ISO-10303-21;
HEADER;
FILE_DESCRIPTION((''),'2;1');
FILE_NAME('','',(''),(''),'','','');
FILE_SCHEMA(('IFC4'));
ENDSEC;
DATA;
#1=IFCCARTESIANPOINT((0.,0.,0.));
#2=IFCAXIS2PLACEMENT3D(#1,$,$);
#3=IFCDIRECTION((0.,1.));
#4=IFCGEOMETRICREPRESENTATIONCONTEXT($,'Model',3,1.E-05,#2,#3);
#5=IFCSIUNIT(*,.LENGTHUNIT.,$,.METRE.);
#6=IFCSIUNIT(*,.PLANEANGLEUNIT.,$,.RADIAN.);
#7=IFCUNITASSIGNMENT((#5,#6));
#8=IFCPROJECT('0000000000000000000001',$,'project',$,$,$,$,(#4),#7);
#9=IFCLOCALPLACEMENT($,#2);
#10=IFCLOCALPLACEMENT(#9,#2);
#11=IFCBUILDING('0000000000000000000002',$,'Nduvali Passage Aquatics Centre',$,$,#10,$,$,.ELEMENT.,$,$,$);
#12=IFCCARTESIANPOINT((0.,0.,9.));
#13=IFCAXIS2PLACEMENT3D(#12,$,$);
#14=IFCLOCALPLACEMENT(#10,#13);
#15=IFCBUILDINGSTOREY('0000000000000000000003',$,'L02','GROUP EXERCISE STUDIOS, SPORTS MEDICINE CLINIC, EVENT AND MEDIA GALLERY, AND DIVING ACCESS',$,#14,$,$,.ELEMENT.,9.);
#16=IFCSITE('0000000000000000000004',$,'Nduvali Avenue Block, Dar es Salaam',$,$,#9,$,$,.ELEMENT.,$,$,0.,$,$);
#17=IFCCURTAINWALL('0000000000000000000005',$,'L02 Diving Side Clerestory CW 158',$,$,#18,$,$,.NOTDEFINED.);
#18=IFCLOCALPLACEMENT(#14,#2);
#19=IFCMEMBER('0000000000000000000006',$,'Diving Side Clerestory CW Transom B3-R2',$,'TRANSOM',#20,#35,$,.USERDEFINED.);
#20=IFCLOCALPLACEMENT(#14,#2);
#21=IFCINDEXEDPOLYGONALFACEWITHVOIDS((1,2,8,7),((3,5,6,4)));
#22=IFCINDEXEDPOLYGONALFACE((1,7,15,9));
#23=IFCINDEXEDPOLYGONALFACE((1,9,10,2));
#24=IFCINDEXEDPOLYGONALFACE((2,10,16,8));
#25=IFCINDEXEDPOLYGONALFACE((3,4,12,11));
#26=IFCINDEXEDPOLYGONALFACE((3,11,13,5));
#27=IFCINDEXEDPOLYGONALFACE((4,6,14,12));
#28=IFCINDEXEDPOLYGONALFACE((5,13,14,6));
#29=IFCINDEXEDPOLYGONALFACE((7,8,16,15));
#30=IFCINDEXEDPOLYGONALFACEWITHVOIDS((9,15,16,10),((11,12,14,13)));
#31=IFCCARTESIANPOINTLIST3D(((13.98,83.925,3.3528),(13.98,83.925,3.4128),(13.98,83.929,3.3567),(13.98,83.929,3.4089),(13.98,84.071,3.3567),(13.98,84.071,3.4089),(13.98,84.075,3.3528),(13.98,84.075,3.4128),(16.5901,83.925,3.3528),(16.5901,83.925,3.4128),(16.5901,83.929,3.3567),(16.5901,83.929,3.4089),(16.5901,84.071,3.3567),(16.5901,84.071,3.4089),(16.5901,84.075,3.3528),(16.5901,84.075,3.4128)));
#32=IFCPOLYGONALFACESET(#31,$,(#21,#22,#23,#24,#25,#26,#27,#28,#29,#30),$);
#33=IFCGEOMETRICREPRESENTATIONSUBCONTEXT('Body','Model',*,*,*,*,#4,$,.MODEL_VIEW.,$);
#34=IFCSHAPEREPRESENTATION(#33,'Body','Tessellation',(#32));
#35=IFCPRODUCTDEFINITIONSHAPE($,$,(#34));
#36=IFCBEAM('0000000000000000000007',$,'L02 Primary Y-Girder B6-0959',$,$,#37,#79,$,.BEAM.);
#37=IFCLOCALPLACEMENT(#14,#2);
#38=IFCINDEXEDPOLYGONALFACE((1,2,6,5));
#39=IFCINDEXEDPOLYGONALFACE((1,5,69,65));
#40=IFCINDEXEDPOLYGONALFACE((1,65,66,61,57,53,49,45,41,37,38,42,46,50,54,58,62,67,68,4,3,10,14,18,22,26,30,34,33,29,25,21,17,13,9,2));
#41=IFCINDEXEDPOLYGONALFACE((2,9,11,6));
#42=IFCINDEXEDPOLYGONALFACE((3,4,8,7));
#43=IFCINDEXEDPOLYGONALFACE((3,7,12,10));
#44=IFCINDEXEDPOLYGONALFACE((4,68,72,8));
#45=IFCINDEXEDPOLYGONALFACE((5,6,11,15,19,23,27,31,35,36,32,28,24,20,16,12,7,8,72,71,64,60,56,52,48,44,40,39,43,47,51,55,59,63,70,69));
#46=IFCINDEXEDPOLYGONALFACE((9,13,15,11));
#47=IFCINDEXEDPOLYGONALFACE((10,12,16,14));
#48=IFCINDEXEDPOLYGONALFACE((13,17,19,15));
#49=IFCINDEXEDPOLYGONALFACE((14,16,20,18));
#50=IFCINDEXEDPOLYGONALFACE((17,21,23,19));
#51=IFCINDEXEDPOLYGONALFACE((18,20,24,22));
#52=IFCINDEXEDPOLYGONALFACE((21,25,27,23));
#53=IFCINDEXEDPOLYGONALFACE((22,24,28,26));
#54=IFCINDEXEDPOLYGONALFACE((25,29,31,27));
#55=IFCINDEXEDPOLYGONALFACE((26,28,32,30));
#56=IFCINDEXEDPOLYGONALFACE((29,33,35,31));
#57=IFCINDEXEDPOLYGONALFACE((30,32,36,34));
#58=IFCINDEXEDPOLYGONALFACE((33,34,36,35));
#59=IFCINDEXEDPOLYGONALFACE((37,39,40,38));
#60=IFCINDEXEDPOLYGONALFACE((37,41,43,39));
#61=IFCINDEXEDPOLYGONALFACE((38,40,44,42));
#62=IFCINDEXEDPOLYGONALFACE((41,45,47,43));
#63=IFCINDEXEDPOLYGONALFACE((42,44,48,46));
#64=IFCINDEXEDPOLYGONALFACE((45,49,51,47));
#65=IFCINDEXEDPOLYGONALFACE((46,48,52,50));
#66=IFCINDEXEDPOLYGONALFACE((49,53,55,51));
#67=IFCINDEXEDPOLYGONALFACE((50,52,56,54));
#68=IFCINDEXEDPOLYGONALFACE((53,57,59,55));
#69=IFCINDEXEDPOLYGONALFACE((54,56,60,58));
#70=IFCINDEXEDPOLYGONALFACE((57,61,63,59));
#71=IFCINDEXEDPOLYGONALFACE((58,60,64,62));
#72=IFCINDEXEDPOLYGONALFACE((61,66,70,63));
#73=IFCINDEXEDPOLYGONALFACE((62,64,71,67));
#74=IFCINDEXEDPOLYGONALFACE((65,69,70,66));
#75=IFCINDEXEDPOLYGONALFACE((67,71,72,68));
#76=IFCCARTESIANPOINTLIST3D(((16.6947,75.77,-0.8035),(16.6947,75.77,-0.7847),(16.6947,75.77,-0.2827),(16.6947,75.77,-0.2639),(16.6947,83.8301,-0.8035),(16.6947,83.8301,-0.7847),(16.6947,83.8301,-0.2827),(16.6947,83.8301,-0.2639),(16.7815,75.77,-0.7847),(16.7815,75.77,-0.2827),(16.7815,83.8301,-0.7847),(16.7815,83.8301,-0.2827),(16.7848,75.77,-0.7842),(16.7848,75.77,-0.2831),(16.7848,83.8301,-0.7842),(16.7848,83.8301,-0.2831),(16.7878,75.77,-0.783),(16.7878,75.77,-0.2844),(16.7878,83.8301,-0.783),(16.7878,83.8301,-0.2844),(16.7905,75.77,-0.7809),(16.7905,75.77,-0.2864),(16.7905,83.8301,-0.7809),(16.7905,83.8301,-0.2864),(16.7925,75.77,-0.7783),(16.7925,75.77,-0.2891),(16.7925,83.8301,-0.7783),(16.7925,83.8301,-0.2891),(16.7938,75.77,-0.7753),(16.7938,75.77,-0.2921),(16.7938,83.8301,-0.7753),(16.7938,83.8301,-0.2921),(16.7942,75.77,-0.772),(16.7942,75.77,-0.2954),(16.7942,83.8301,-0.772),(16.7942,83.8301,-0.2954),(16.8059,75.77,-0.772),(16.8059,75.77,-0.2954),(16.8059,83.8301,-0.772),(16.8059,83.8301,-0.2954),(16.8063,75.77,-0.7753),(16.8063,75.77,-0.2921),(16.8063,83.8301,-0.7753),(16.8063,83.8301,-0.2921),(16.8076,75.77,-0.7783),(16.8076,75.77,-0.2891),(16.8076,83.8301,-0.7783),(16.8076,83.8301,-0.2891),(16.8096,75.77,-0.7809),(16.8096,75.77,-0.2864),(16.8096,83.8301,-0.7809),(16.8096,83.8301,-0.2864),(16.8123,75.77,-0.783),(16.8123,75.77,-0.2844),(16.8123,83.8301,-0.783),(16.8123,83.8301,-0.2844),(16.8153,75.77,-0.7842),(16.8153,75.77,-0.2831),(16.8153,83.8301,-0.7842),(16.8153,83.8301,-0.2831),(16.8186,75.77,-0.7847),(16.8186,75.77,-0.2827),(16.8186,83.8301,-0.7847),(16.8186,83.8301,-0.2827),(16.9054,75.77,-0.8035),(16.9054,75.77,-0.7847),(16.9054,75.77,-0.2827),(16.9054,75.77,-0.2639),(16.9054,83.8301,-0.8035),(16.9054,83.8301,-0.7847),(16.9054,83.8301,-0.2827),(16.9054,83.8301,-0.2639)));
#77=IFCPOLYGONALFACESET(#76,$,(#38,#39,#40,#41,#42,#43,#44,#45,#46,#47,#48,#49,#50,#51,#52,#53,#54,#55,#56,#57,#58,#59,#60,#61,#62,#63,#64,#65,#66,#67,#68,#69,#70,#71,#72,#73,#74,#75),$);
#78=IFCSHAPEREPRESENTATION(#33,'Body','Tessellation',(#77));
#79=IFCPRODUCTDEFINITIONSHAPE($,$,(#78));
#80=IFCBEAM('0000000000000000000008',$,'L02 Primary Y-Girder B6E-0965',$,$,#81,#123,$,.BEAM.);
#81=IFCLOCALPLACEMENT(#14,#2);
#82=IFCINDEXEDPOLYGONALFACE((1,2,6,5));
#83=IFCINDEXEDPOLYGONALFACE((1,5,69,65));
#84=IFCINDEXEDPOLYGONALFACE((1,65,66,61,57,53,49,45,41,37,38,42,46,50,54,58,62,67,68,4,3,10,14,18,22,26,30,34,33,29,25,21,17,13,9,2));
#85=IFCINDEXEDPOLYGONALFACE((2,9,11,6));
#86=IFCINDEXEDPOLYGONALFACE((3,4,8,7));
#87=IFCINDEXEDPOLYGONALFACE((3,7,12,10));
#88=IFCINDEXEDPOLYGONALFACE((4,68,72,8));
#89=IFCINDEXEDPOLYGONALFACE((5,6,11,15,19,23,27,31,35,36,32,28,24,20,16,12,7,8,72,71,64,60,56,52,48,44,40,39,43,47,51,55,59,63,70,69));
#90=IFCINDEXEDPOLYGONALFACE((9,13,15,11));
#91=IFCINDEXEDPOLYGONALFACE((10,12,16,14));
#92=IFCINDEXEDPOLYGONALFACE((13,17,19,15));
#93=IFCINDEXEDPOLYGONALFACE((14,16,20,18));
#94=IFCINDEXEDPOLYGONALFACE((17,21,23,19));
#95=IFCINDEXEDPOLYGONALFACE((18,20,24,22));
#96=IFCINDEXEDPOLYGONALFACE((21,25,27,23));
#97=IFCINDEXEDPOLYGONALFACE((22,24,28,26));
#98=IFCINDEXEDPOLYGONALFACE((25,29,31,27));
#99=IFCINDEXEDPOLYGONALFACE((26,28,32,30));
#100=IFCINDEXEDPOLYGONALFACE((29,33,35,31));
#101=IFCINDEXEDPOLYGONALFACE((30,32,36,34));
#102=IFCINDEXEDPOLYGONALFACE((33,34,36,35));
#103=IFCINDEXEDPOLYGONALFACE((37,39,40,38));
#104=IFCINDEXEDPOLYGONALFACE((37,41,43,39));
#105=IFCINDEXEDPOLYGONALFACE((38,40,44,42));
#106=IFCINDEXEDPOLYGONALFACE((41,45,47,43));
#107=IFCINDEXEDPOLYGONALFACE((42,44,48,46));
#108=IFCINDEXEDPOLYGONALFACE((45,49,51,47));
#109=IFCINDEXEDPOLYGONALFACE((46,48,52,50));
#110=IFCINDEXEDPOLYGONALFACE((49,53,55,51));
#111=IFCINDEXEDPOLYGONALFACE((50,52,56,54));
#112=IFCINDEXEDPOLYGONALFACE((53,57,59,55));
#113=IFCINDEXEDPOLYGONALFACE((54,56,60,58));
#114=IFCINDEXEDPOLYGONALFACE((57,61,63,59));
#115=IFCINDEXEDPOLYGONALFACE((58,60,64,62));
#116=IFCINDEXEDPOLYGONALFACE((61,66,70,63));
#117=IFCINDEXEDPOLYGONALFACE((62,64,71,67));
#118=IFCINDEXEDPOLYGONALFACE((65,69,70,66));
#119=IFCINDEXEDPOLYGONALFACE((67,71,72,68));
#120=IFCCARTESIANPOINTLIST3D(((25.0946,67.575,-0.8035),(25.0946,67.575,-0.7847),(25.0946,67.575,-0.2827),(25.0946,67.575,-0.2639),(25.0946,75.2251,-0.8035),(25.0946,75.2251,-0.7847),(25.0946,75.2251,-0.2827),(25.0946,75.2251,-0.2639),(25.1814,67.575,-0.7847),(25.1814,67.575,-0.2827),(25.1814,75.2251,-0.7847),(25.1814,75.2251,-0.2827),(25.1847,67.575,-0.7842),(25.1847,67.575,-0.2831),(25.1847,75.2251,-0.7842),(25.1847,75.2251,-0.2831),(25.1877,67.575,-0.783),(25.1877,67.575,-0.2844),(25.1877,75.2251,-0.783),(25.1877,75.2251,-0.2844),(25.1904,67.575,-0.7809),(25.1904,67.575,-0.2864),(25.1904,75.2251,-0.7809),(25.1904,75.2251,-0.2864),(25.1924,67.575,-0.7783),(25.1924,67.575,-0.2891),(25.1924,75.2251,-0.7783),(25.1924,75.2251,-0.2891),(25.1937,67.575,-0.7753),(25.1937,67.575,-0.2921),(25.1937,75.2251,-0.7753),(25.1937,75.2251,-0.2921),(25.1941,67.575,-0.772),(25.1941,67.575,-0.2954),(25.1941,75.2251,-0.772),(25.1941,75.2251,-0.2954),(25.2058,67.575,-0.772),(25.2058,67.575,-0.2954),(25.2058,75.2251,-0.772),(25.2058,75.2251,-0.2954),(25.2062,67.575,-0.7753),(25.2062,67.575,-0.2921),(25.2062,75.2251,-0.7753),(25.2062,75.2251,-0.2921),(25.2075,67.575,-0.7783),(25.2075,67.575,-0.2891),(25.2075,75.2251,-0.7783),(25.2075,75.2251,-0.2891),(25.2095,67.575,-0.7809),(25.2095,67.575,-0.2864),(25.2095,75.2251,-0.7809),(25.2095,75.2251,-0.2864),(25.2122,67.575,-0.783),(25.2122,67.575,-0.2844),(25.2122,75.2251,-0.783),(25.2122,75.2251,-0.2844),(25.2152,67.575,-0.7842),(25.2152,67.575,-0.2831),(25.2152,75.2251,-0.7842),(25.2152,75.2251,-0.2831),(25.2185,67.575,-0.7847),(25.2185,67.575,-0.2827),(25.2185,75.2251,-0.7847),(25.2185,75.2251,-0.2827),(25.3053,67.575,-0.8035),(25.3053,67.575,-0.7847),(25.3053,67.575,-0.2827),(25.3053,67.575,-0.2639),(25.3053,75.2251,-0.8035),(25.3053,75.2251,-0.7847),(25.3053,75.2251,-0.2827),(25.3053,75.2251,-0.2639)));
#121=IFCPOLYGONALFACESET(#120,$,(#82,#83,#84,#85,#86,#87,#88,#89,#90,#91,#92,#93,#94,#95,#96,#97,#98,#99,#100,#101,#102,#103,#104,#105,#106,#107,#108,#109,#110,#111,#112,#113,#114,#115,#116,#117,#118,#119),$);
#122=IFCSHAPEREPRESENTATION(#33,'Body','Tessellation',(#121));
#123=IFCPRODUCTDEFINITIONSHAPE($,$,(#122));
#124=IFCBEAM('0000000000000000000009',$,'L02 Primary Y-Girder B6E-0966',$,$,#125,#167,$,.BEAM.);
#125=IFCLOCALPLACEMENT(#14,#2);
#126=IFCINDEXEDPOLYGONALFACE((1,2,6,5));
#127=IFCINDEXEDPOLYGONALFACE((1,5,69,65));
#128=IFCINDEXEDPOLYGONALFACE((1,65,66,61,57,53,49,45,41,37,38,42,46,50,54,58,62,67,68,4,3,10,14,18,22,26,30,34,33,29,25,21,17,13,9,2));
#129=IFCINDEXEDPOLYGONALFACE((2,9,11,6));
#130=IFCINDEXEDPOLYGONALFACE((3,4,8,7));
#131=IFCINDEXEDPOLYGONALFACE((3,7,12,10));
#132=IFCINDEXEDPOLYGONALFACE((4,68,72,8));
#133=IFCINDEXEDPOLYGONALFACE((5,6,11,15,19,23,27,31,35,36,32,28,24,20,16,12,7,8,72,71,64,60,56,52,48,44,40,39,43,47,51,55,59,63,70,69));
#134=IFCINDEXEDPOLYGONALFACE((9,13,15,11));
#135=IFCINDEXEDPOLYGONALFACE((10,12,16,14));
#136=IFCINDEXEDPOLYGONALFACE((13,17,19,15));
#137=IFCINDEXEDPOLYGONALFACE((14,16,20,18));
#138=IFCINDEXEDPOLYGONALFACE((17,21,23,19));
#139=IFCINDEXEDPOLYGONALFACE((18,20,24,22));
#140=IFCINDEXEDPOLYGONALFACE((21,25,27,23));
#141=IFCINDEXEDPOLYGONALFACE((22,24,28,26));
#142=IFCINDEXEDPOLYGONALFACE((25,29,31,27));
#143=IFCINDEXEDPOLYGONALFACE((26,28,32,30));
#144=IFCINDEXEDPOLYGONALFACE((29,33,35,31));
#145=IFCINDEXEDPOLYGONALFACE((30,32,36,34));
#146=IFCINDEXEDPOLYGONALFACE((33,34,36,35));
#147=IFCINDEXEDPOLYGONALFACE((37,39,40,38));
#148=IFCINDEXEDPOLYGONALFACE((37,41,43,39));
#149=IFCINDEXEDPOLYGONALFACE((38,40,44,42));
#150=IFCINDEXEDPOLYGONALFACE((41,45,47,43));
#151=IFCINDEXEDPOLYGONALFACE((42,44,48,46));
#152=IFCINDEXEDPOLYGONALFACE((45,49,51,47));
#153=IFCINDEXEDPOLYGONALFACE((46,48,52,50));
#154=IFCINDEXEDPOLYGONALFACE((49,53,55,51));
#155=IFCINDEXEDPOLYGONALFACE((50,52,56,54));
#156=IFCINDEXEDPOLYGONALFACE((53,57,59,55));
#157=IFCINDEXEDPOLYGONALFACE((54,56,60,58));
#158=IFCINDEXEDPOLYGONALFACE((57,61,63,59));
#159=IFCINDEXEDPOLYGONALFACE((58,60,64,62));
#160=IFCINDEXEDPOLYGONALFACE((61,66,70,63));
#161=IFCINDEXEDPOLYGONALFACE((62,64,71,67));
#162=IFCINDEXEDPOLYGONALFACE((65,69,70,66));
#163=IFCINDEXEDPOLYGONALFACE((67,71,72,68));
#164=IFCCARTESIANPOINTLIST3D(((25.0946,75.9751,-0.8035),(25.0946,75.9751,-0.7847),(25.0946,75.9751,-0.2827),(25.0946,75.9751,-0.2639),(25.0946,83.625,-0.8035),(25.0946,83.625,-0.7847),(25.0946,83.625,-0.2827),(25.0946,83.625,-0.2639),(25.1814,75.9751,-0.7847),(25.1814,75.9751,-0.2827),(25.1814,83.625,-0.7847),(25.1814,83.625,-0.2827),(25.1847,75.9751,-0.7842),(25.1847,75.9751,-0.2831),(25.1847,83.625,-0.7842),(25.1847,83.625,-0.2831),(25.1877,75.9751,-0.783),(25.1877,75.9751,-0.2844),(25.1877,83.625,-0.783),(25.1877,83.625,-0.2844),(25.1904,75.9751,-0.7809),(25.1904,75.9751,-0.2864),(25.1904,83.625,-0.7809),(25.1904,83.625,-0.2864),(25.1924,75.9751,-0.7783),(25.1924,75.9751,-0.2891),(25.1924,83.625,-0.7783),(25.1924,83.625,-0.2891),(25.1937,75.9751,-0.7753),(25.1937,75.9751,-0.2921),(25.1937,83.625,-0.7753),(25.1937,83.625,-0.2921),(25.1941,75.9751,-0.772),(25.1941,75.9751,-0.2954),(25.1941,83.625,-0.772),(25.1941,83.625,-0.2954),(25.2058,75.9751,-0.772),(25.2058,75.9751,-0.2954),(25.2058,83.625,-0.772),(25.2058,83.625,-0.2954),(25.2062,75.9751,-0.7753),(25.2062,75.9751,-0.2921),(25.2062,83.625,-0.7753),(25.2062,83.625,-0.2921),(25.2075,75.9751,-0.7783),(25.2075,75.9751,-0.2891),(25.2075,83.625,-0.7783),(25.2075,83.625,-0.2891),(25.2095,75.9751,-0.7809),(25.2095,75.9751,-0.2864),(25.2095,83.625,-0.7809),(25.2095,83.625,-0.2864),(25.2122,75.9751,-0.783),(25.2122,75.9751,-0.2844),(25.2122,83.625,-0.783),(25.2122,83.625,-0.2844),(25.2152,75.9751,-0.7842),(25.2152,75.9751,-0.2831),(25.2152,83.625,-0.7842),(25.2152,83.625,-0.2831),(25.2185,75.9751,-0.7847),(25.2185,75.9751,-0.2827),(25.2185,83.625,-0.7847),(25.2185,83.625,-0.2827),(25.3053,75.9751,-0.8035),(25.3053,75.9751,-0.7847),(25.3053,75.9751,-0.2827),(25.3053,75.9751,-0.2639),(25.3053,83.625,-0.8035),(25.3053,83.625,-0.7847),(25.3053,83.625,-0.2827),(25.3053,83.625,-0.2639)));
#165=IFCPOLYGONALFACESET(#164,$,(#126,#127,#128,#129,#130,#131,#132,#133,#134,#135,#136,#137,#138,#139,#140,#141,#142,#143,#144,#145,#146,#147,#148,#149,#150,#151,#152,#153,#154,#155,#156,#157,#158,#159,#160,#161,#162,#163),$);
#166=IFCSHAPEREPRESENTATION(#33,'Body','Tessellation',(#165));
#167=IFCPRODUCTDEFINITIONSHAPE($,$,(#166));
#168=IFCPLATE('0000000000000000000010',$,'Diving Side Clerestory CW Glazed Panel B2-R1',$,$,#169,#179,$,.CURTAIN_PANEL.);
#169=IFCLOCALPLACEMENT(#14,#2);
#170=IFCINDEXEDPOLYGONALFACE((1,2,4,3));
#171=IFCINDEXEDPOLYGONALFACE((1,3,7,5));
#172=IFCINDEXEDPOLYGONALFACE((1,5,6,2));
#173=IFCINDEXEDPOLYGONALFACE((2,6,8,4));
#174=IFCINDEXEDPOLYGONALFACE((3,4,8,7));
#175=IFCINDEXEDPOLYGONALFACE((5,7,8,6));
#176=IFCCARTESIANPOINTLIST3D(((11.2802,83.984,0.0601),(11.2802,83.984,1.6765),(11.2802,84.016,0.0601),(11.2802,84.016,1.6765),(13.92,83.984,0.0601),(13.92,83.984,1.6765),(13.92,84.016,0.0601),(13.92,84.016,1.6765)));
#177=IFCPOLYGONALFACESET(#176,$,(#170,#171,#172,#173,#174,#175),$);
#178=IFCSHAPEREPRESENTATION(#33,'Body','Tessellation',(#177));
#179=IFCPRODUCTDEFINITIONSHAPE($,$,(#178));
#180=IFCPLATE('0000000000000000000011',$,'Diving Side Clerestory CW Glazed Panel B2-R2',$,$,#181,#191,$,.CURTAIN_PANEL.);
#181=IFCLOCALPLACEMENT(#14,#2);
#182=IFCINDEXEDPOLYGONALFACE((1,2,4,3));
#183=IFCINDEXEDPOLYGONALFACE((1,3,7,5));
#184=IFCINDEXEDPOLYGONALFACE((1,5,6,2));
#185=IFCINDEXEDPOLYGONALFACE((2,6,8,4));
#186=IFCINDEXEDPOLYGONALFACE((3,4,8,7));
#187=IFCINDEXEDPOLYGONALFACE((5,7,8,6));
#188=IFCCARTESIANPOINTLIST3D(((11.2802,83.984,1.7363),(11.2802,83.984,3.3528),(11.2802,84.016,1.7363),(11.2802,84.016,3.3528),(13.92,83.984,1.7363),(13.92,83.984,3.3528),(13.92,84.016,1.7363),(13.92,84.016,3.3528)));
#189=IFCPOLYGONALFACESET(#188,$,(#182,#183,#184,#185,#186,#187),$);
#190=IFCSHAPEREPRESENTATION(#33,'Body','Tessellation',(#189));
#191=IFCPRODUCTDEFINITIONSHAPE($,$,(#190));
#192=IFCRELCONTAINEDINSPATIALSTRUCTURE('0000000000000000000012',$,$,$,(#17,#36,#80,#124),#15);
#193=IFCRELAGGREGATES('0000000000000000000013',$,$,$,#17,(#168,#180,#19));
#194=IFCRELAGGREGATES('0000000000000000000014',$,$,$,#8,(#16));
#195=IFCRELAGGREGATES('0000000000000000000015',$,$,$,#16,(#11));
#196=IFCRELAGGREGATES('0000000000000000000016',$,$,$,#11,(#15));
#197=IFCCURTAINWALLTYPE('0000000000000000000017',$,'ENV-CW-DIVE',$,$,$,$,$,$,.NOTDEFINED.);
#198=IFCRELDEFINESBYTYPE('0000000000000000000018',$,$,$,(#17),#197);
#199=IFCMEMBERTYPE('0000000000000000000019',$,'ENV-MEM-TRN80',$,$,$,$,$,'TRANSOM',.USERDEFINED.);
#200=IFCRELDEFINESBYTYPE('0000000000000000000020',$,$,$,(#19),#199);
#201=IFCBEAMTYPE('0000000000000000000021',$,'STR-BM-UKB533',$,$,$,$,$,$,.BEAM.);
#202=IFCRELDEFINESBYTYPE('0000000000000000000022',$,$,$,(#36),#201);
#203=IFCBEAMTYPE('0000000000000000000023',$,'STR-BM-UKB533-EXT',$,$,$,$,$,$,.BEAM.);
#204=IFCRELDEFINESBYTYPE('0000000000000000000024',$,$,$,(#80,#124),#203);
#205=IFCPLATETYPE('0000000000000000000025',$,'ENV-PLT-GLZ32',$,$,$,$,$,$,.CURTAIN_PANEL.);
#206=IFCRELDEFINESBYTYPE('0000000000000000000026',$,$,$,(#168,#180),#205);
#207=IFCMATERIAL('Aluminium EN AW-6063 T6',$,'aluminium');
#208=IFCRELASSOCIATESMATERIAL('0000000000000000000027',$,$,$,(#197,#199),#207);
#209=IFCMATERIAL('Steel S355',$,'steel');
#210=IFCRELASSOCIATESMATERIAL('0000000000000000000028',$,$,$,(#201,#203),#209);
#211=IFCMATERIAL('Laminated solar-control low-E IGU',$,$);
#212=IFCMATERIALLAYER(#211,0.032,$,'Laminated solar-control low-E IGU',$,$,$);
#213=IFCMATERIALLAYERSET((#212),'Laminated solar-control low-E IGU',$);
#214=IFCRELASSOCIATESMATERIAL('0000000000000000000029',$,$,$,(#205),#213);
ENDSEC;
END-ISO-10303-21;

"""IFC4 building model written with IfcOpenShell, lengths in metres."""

from ifc_helpers import new_model, si_unit, direction, frame, origin, origin_2d, place, context, subcontext, project, spatial, rectangle, hollow_rectangle, i_section, extrude, material, layer, layer_set, material_profile, profile_set, type_object, element, aggregate, save


model = new_model("IFC4")

# Units and contexts
model_context = context("Model", 3, precision=1e-05, world=origin(), true_north=direction((0.0, 1.0)))
body_context = subcontext(model_context, "Body", "Model", "MODEL_VIEW")
ifc_project = project(units=[si_unit("LENGTHUNIT", "METRE"), si_unit("PLANEANGLEUNIT", "RADIAN")], contexts=[model_context])

# Site, building, storey
site_placement = place(None, origin())
site = spatial("IfcSite", under=ifc_project, at=site_placement, Name="Nduvali Avenue Block, Dar es Salaam", CompositionType="ELEMENT", RefElevation=0.0)
building_placement = place(site_placement, origin())
building = spatial("IfcBuilding", under=site, at=building_placement, Name="Nduvali Passage Aquatics Centre", CompositionType="ELEMENT")
storey_placement = place(building_placement, frame((0.0, 0.0, 9.0)))
storey = spatial("IfcBuildingStorey", under=building, at=storey_placement, Name="L02", Description="GROUP EXERCISE STUDIOS, SPORTS MEDICINE CLINIC, EVENT AND MEDIA GALLERY, AND DIVING ACCESS", CompositionType="ELEMENT", Elevation=9.0)

# Shared definitions
ifc_material_1 = material(Name="Steel S355", Category="steel")

# Curtain wall, member
ifc_material_2 = material(Name="Aluminium EN AW-6063 T6", Category="aluminium")
curtain_wall_type = type_object("IfcCurtainWallType", Name="ENV-CW-DIVE", PredefinedType="NOTDEFINED", material=ifc_material_2)
curtain_wall_placement = place(storey_placement, origin())
curtain_wall = element("IfcCurtainWall", 1, at=curtain_wall_placement, inside=storey, type_object=curtain_wall_type, Name="L02 Diving Side Clerestory CW 158", PredefinedType="NOTDEFINED")
ifc_material_profile_1 = material_profile(ifc_material_2, hollow_rectangle(XDim=0.1499, YDim=0.0601, WallThickness=0.0039, at=origin_2d()), Name="ALU TRANSOM 150x60x4")
ifc_profile_set_1 = profile_set([ifc_material_profile_1], Name="Aluminium EN AW-6063 T6")
member_type_1 = type_object("IfcMemberType", Name="ENV-MEM-TRN80", ElementType="TRANSOM", PredefinedType="USERDEFINED", material=ifc_profile_set_1)
member_1_placement = place(storey_placement, frame((13.98, 84.0, 3.3828), z_axis=(1.0, 0.0, 0.0), x_axis=(0.0, 1.0, 0.0)))
member_1 = element("IfcMember", 2, at=member_1_placement, type_object=member_type_1, Name="Diving Side Clerestory CW Transom B3-R2", ObjectType="TRANSOM", PredefinedType="USERDEFINED", context=body_context, shape_type="SweptSolid", body=[
    extrude(hollow_rectangle(XDim=0.1499, YDim=0.0601, WallThickness=0.0039, at=origin_2d()), origin(), (0.0, 0.0, 1.0), 2.6101),
])

# Beams
ifc_material_profile_2 = material_profile(ifc_material_1, i_section(OverallWidth=0.2107, OverallDepth=0.5396, WebThickness=0.0117, FlangeThickness=0.0188, FilletRadius=0.0127, at=origin_2d()), Name="UKB 533x210x109")
ifc_profile_set_2 = profile_set([ifc_material_profile_2], Name="Steel S355")
beam_type_1 = type_object("IfcBeamType", Name="STR-BM-UKB533", PredefinedType="BEAM", material=ifc_profile_set_2)
beam_1_placement = place(storey_placement, frame((16.8, 75.77, -0.5337), z_axis=(0.0, 1.0, 0.0), x_axis=(-1.0, 0.0, 0.0)))
element("IfcBeam", 3, at=beam_1_placement, inside=storey, type_object=beam_type_1, Name="L02 Primary Y-Girder B6-0959", PredefinedType="BEAM", context=body_context, shape_type="SweptSolid", body=[
    extrude(i_section(OverallWidth=0.2107, OverallDepth=0.5396, WebThickness=0.0117, FlangeThickness=0.0188, FilletRadius=0.0127, at=origin_2d()), origin(), (0.0, 0.0, 1.0), 8.0601),
])
ifc_material_profile_3 = material_profile(ifc_material_1, i_section(OverallWidth=0.2107, OverallDepth=0.5396, WebThickness=0.0117, FlangeThickness=0.0188, FilletRadius=0.0127, at=origin_2d()), Name="UKB 533x210x109")
ifc_profile_set_3 = profile_set([ifc_material_profile_3], Name="Steel S355")
beam_type_2 = type_object("IfcBeamType", Name="STR-BM-UKB533-EXT", PredefinedType="BEAM", material=ifc_profile_set_3)
beam_2_placement = place(storey_placement, frame((25.2, 67.575, -0.5337), z_axis=(0.0, 1.0, 0.0), x_axis=(-1.0, 0.0, 0.0)))
element("IfcBeam", 4, at=beam_2_placement, inside=storey, type_object=beam_type_2, Name="L02 Primary Y-Girder B6E-0965", PredefinedType="BEAM", context=body_context, shape_type="SweptSolid", body=[
    extrude(i_section(OverallWidth=0.2107, OverallDepth=0.5396, WebThickness=0.0117, FlangeThickness=0.0188, FilletRadius=0.0127, at=origin_2d()), origin(), (0.0, 0.0, 1.0), 7.6501),
])
beam_3_placement = place(storey_placement, frame((25.2, 75.9751, -0.5337), z_axis=(0.0, 1.0, 0.0), x_axis=(-1.0, 0.0, 0.0)))
element("IfcBeam", 5, at=beam_3_placement, inside=storey, type_object=beam_type_2, Name="L02 Primary Y-Girder B6E-0966", PredefinedType="BEAM", context=body_context, shape_type="SweptSolid", body=[
    extrude(i_section(OverallWidth=0.2107, OverallDepth=0.5396, WebThickness=0.0117, FlangeThickness=0.0188, FilletRadius=0.0127, at=origin_2d()), origin(), (0.0, 0.0, 1.0), 7.6499),
])

# Plates
ifc_material_3 = material(Name="Laminated solar-control low-E IGU")
ifc_layer_1 = layer(ifc_material_3, 0.032, Name="Laminated solar-control low-E IGU")
ifc_layer_set_1 = layer_set([ifc_layer_1], Name="Laminated solar-control low-E IGU")
plate_type = type_object("IfcPlateType", Name="ENV-PLT-GLZ32", PredefinedType="CURTAIN_PANEL", material=ifc_layer_set_1)
plate_1_placement = place(storey_placement, frame((12.6001, 84.0, 0.0601), z_axis=(0.0, 0.0, 1.0), x_axis=(1.0, 0.0, 0.0)))
plate_1 = element("IfcPlate", 6, at=plate_1_placement, type_object=plate_type, Name="Diving Side Clerestory CW Glazed Panel B2-R1", PredefinedType="CURTAIN_PANEL", context=body_context, shape_type="SweptSolid", body=[
    extrude(rectangle(XDim=2.6399, YDim=0.032, at=origin_2d()), origin(), (0.0, 0.0, 1.0), 1.6165),
])
plate_2_placement = place(storey_placement, frame((12.6001, 84.0, 1.7363), z_axis=(0.0, 0.0, 1.0), x_axis=(1.0, 0.0, 0.0)))
plate_2 = element("IfcPlate", 7, at=plate_2_placement, type_object=plate_type, Name="Diving Side Clerestory CW Glazed Panel B2-R2", PredefinedType="CURTAIN_PANEL", context=body_context, shape_type="SweptSolid", body=[
    extrude(rectangle(XDim=2.6399, YDim=0.032, at=origin_2d()), origin(), (0.0, 0.0, 1.0), 1.6165),
])
aggregate(curtain_wall, [plate_1, plate_2, member_1])

save(model, "model.ifc")
